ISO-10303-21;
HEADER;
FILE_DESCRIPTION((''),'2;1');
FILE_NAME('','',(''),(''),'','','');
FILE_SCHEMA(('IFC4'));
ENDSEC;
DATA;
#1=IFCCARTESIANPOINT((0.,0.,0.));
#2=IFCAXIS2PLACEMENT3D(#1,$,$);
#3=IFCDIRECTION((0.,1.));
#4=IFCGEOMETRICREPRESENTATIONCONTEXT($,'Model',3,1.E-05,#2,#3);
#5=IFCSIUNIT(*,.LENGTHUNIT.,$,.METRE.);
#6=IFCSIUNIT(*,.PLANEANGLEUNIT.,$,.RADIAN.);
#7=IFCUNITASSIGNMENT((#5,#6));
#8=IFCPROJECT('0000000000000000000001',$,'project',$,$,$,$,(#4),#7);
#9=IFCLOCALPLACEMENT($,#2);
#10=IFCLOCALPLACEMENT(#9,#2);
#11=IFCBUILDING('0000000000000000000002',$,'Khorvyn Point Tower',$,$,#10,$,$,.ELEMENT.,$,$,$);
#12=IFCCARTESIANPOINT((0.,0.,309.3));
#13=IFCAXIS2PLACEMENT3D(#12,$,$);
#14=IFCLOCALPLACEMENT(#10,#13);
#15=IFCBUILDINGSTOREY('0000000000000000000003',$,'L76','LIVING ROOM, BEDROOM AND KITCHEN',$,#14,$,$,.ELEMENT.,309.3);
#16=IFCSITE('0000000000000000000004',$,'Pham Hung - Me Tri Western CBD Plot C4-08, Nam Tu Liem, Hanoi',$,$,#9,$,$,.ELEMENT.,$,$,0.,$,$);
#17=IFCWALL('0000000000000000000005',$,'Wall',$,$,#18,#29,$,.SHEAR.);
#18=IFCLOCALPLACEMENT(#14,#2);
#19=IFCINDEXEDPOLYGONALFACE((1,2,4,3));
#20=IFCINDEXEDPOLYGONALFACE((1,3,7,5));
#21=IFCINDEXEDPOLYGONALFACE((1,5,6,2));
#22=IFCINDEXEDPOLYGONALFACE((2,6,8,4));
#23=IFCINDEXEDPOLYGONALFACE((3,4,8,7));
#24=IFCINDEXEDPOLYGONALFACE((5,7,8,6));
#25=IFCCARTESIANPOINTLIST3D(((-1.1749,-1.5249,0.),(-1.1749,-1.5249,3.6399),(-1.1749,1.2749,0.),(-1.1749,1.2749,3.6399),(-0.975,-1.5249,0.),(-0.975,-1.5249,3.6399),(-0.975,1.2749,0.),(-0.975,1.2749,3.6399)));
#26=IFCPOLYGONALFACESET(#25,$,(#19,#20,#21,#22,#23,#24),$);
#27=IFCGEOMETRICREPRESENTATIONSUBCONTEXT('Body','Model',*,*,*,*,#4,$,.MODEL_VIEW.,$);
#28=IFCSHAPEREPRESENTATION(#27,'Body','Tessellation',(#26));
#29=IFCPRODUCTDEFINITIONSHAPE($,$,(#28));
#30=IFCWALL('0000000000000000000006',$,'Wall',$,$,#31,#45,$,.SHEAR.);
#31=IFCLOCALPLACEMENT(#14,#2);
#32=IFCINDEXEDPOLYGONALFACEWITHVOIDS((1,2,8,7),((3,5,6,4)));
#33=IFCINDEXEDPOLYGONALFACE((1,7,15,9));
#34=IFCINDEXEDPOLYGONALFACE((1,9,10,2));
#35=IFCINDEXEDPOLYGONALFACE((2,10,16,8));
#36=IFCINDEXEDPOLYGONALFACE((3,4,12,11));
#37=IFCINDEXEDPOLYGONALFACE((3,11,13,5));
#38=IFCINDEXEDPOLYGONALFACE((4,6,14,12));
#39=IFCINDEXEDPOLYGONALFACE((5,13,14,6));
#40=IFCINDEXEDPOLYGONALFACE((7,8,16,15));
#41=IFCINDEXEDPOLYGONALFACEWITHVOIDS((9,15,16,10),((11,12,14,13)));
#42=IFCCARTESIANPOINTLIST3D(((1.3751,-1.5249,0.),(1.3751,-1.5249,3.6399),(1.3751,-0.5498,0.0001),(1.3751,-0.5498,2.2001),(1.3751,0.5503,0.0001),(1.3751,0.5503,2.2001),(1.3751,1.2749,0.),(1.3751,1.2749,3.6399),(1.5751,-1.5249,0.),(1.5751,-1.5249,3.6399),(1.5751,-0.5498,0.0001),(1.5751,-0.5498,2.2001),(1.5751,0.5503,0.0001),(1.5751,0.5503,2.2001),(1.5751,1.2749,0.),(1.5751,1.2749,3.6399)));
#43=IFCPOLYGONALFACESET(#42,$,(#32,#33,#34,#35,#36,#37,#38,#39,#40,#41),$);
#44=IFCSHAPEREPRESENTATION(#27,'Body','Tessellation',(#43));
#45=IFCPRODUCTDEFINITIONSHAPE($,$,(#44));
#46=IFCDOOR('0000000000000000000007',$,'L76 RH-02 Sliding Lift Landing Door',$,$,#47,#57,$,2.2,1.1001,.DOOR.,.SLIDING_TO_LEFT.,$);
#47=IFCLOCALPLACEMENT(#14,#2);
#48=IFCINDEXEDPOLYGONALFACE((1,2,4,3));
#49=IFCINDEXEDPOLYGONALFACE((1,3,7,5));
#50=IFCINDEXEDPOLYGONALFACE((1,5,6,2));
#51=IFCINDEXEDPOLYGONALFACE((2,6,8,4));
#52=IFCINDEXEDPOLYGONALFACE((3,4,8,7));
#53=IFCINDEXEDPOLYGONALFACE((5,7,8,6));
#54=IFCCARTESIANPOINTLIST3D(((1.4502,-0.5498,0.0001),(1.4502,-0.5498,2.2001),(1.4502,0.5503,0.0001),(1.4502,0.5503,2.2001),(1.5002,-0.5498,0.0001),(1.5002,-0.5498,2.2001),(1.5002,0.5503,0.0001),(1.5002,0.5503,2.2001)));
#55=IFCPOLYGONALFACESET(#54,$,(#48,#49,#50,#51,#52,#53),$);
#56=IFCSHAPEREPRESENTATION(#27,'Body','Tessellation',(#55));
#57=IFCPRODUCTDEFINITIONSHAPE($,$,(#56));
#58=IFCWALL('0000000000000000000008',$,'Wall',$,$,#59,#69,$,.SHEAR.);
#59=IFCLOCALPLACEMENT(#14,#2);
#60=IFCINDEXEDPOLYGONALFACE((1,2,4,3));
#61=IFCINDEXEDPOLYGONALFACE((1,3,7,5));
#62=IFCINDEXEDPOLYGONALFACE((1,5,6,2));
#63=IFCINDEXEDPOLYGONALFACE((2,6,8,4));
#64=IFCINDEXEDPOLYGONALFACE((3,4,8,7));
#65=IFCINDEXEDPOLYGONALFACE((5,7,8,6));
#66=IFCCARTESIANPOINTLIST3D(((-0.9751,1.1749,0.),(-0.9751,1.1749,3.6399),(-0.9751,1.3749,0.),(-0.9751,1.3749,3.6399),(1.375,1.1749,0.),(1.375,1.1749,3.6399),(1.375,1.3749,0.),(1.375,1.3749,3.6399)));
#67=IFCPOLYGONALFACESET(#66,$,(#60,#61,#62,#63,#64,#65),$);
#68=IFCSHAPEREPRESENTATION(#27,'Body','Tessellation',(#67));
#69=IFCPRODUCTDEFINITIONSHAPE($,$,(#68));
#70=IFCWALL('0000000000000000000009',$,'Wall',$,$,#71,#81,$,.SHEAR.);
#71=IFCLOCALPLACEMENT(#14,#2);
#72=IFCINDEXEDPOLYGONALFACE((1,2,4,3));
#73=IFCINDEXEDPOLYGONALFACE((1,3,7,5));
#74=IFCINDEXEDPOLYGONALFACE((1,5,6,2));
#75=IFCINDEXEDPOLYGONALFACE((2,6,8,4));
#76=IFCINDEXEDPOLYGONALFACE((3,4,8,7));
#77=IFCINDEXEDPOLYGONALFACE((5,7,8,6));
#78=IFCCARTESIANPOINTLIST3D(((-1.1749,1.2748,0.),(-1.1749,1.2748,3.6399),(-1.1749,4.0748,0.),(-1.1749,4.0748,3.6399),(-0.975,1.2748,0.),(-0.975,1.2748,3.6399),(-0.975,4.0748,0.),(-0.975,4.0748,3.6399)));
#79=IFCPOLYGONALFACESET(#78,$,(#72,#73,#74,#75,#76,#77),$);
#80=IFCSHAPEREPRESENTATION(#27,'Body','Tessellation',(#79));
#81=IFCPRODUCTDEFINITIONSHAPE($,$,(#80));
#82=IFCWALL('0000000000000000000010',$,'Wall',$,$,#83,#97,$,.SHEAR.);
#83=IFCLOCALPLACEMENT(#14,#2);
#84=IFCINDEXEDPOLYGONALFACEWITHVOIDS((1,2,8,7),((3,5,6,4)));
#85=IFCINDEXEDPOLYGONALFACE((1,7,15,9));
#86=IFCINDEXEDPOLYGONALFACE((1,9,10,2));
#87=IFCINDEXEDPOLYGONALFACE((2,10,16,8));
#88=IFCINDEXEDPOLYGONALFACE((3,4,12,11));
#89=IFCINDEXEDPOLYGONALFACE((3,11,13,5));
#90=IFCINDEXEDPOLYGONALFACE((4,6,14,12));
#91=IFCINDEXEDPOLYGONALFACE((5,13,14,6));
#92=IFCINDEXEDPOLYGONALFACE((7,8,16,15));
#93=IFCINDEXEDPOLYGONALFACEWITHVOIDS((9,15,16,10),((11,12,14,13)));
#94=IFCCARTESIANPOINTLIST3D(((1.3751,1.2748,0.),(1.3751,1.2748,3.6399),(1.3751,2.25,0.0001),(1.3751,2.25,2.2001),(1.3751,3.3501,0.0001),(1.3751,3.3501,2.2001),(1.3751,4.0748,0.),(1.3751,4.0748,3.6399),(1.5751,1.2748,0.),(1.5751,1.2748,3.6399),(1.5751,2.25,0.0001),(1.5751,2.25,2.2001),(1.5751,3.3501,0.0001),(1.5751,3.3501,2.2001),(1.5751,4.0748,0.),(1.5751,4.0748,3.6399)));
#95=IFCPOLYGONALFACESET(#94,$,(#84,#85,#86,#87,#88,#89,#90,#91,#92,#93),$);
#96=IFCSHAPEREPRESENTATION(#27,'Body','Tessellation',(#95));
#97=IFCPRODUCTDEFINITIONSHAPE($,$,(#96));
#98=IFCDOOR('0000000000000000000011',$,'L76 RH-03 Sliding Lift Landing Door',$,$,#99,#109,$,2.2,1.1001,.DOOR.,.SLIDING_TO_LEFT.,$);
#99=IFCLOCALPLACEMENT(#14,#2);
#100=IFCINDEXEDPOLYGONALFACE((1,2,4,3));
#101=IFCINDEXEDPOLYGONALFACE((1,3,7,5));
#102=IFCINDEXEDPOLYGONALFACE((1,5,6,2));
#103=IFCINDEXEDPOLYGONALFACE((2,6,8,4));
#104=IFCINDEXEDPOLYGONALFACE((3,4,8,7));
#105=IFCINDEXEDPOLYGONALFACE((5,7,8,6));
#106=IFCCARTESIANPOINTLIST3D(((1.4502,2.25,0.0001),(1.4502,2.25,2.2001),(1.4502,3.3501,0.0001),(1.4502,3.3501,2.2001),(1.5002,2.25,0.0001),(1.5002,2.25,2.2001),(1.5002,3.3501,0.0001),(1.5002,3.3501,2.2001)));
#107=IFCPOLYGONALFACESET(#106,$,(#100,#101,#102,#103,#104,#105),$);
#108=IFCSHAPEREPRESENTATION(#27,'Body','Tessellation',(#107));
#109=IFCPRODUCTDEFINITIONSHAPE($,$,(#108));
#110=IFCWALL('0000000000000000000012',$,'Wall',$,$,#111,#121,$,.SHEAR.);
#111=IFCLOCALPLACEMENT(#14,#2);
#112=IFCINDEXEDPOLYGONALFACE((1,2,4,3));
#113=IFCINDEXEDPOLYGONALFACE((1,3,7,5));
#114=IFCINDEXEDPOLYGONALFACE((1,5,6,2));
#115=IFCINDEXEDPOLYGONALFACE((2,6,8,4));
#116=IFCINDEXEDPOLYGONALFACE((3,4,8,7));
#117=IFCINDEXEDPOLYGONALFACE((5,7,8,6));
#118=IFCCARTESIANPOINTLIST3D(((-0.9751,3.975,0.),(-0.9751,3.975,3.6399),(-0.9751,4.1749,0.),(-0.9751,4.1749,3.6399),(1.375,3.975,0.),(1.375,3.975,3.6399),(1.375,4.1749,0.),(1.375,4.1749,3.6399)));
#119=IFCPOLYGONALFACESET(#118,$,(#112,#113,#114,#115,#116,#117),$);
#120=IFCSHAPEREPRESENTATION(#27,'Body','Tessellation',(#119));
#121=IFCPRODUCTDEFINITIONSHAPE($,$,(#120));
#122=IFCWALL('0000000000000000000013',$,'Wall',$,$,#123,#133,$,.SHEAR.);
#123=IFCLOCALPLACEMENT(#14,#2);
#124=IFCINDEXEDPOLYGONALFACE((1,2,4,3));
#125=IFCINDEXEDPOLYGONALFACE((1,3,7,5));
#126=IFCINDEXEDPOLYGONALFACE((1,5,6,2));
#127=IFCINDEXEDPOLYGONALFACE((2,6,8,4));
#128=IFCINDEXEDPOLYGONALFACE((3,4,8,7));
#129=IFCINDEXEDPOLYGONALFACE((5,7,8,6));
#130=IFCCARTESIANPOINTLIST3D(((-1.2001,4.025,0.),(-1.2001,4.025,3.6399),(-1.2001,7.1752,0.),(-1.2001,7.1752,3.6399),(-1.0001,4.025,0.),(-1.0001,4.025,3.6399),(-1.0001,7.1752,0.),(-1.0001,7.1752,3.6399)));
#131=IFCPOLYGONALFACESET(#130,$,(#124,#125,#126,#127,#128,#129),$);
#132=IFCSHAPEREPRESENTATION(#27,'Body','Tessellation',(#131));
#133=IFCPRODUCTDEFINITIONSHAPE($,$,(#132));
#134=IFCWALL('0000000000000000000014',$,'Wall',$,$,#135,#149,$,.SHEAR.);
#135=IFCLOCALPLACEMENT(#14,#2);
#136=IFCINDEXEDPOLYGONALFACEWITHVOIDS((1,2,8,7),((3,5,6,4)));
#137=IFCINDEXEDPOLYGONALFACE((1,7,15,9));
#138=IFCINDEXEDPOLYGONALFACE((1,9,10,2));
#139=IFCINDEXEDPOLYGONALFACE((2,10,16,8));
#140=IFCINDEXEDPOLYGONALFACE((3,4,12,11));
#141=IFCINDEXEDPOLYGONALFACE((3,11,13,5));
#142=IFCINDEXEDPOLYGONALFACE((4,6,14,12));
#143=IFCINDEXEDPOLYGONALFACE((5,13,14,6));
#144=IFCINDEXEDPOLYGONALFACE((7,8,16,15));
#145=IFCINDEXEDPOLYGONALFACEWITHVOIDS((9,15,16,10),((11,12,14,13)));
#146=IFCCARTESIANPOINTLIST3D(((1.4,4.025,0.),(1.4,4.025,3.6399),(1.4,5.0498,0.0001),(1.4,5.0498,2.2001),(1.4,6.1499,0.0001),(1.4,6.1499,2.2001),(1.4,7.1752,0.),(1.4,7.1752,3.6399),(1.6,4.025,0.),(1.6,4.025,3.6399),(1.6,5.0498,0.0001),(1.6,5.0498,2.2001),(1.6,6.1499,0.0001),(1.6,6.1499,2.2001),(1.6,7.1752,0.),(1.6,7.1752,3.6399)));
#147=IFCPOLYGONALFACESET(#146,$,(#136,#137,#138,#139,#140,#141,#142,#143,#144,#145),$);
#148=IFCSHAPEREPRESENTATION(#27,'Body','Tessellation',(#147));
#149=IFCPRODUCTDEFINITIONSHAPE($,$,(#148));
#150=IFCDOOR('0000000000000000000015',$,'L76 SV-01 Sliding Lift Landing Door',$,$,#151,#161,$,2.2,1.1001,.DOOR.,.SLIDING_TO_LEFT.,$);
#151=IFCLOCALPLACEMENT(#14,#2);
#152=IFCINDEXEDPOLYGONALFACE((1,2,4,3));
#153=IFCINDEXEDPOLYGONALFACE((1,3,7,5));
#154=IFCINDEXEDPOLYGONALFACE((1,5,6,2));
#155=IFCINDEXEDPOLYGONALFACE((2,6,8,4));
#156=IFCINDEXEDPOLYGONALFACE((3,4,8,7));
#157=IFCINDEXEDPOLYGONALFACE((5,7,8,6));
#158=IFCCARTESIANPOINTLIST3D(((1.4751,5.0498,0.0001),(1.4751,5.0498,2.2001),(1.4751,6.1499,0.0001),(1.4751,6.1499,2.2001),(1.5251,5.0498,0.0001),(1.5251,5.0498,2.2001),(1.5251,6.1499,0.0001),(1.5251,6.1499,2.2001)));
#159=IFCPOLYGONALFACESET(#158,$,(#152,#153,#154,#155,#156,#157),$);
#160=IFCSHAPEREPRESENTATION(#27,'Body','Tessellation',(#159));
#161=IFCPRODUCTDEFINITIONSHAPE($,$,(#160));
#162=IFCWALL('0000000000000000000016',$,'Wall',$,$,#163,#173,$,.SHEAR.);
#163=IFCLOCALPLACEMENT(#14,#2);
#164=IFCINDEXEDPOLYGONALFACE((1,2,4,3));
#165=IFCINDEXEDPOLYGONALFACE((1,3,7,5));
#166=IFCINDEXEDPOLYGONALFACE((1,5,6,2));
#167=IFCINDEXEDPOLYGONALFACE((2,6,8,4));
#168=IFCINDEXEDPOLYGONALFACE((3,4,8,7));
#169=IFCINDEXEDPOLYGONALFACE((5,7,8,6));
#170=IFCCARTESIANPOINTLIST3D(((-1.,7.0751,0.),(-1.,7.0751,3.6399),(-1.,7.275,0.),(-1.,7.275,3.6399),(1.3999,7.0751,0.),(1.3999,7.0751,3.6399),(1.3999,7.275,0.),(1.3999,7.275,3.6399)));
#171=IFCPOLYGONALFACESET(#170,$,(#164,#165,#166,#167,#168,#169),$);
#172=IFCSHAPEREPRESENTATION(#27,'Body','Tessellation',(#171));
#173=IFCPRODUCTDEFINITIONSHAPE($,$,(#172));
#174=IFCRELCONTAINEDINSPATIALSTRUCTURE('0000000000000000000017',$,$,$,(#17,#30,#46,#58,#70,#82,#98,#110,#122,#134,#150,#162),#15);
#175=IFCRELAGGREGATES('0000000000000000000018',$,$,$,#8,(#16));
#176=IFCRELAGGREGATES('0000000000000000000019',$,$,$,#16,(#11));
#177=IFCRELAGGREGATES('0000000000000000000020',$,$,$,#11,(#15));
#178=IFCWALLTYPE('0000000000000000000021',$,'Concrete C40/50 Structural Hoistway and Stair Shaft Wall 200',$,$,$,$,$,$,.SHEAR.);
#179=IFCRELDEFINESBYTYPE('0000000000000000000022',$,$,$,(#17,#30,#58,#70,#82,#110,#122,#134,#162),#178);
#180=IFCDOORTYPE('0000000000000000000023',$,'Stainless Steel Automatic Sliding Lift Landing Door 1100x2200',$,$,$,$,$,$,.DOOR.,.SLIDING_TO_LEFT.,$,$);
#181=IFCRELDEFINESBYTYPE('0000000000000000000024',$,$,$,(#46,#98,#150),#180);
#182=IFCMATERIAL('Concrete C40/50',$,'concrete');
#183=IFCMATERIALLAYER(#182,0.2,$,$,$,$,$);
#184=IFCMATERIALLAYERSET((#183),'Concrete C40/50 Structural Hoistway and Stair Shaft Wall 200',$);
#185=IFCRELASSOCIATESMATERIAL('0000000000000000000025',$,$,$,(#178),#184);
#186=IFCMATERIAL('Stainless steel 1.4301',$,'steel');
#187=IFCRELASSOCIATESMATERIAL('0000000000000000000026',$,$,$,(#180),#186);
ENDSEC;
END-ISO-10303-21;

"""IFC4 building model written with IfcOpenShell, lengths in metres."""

from ifc_helpers import new_model, si_unit, direction, frame, frame_2d, origin, place, context, subcontext, project, spatial, rectangle, extrude, material, layer, layer_set, type_object, element, fill, save


model = new_model("IFC4")

# Units and contexts
model_context = context("Model", 3, precision=1e-05, world=origin(), true_north=direction((0.0, 1.0)))
body_context = subcontext(model_context, "Body", "Model", "MODEL_VIEW")
ifc_project = project(units=[si_unit("LENGTHUNIT", "METRE"), si_unit("PLANEANGLEUNIT", "RADIAN")], contexts=[model_context])

# Site, building, storey
site_placement = place(None, origin())
site = spatial("IfcSite", under=ifc_project, at=site_placement, Name="Pham Hung - Me Tri Western CBD Plot C4-08, Nam Tu Liem, Hanoi", CompositionType="ELEMENT", RefElevation=0.0)
building_placement = place(site_placement, origin())
building = spatial("IfcBuilding", under=site, at=building_placement, Name="Khorvyn Point Tower", CompositionType="ELEMENT")
storey_placement = place(building_placement, frame((0.0, 0.0, 309.3)))
storey = spatial("IfcBuildingStorey", under=building, at=storey_placement, Name="L76", Description="LIVING ROOM, BEDROOM AND KITCHEN", CompositionType="ELEMENT", Elevation=309.3)

# Shared definitions
ifc_material_1 = material(Name="Concrete C40/50", Category="concrete")

# Wall
ifc_layer_1 = layer(ifc_material_1, 0.2)
ifc_layer_set_1 = layer_set([ifc_layer_1], Name="Concrete C40/50 Structural Hoistway and Stair Shaft Wall 200")
wall_type_1 = type_object("IfcWallType", Name="Concrete C40/50 Structural Hoistway and Stair Shaft Wall 200", PredefinedType="SHEAR", material=ifc_layer_set_1)
wall_1_placement = place(storey_placement, frame((-1.075, -1.5249, 0.0), z_axis=(0.0, 0.0, 1.0), x_axis=(0.0, 1.0, 0.0)))
element("IfcWall", 1, at=wall_1_placement, inside=storey, type_object=wall_type_1, Name="Wall", PredefinedType="SHEAR", context=body_context, shape_type="SweptSolid", body=[
    extrude(rectangle(XDim=2.7998, YDim=0.2, at=frame_2d((1.3999, 0.0))), origin(), (0.0, 0.0, 1.0), 3.6399),
])

# Wall, opening, door
wall_2_placement = place(storey_placement, frame((1.4751, -1.5249, 0.0), z_axis=(0.0, 0.0, 1.0), x_axis=(0.0, 1.0, 0.0)))
wall_2 = element("IfcWall", 2, at=wall_2_placement, inside=storey, type_object=wall_type_1, Name="Wall", PredefinedType="SHEAR", context=body_context, shape_type="SweptSolid", body=[
    extrude(rectangle(XDim=2.7998, YDim=0.2, at=frame_2d((1.3999, 0.0))), origin(), (0.0, 0.0, 1.0), 3.6399),
])
opening_1_placement = place(wall_2_placement, frame((0.9751, 0.0, 0.0)))
opening_1 = element("IfcOpeningElement", 3, at=opening_1_placement, cuts=wall_2, PredefinedType="OPENING", context=body_context, shape_type="SweptSolid", body=[
    extrude(rectangle(XDim=1.1001, YDim=2.2, at=frame_2d((0.55, 1.1001))), frame((0.0, 0.1099, 0.0), z_axis=(0.0, -1.0, 0.0), x_axis=(1.0, 0.0, 0.0)), (0.0, 0.0, 1.0), 0.22),
])
ifc_material_2 = material(Name="Stainless steel 1.4301", Category="steel")
door_type_1 = type_object("IfcDoorType", Name="Stainless Steel Automatic Sliding Lift Landing Door 1100x2200", OperationType="SLIDING_TO_LEFT", PredefinedType="DOOR", material=ifc_material_2)
door_1_placement = place(opening_1_placement, origin())
door_1 = element("IfcDoor", 4, at=door_1_placement, inside=storey, type_object=door_type_1, Name="L76 RH-02 Sliding Lift Landing Door", OperationType="SLIDING_TO_LEFT", OverallHeight=2.2, OverallWidth=1.1001, PredefinedType="DOOR", context=body_context, shape_type="SweptSolid", body=[
    extrude(rectangle(XDim=1.1001, YDim=2.2, at=frame_2d((0.55, 1.1001))), frame((0.0, 0.0249, 0.0), z_axis=(0.0, -1.0, 0.0), x_axis=(1.0, 0.0, 0.0)), (0.0, 0.0, 1.0), 0.05),
])
fill(opening_1, door_1)

# Walls
wall_3_placement = place(storey_placement, frame((-0.9751, 1.2749, 0.0), z_axis=(0.0, 0.0, 1.0), x_axis=(1.0, 0.0, 0.0)))
element("IfcWall", 5, at=wall_3_placement, inside=storey, type_object=wall_type_1, Name="Wall", PredefinedType="SHEAR", context=body_context, shape_type="SweptSolid", body=[
    extrude(rectangle(XDim=2.3501, YDim=0.2, at=frame_2d((1.175, 0.0))), origin(), (0.0, 0.0, 1.0), 3.6399),
])
wall_4_placement = place(storey_placement, frame((-1.075, 1.2749, 0.0), z_axis=(0.0, 0.0, 1.0), x_axis=(0.0, 1.0, 0.0)))
element("IfcWall", 6, at=wall_4_placement, inside=storey, type_object=wall_type_1, Name="Wall", PredefinedType="SHEAR", context=body_context, shape_type="SweptSolid", body=[
    extrude(rectangle(XDim=2.8, YDim=0.2, at=frame_2d((1.3999, 0.0))), origin(), (0.0, 0.0, 1.0), 3.6399),
])

# Wall, opening, door
wall_5_placement = place(storey_placement, frame((1.4751, 1.2749, 0.0), z_axis=(0.0, 0.0, 1.0), x_axis=(0.0, 1.0, 0.0)))
wall_5 = element("IfcWall", 7, at=wall_5_placement, inside=storey, type_object=wall_type_1, Name="Wall", PredefinedType="SHEAR", context=body_context, shape_type="SweptSolid", body=[
    extrude(rectangle(XDim=2.8, YDim=0.2, at=frame_2d((1.3999, 0.0))), origin(), (0.0, 0.0, 1.0), 3.6399),
])
opening_2_placement = place(wall_5_placement, frame((0.9751, 0.0, 0.0)))
opening_2 = element("IfcOpeningElement", 8, at=opening_2_placement, cuts=wall_5, PredefinedType="OPENING", context=body_context, shape_type="SweptSolid", body=[
    extrude(rectangle(XDim=1.1001, YDim=2.2, at=frame_2d((0.55, 1.1001))), frame((0.0, 0.1099, 0.0), z_axis=(0.0, -1.0, 0.0), x_axis=(1.0, 0.0, 0.0)), (0.0, 0.0, 1.0), 0.22),
])
door_2_placement = place(opening_2_placement, origin())
door_2 = element("IfcDoor", 9, at=door_2_placement, inside=storey, type_object=door_type_1, Name="L76 RH-03 Sliding Lift Landing Door", OperationType="SLIDING_TO_LEFT", OverallHeight=2.2, OverallWidth=1.1001, PredefinedType="DOOR", context=body_context, shape_type="SweptSolid", body=[
    extrude(rectangle(XDim=1.1001, YDim=2.2, at=frame_2d((0.55, 1.1001))), frame((0.0, 0.0249, 0.0), z_axis=(0.0, -1.0, 0.0), x_axis=(1.0, 0.0, 0.0)), (0.0, 0.0, 1.0), 0.05),
])
fill(opening_2, door_2)

# Walls
wall_6_placement = place(storey_placement, frame((-0.9751, 4.075, 0.0), z_axis=(0.0, 0.0, 1.0), x_axis=(1.0, 0.0, 0.0)))
element("IfcWall", 10, at=wall_6_placement, inside=storey, type_object=wall_type_1, Name="Wall", PredefinedType="SHEAR", context=body_context, shape_type="SweptSolid", body=[
    extrude(rectangle(XDim=2.3501, YDim=0.2, at=frame_2d((1.175, 0.0))), origin(), (0.0, 0.0, 1.0), 3.6399),
])
wall_7_placement = place(storey_placement, frame((-1.1001, 4.0249, 0.0), z_axis=(0.0, 0.0, 1.0), x_axis=(0.0, 1.0, 0.0)))
element("IfcWall", 11, at=wall_7_placement, inside=storey, type_object=wall_type_1, Name="Wall", PredefinedType="SHEAR", context=body_context, shape_type="SweptSolid", body=[
    extrude(rectangle(XDim=3.1501, YDim=0.2, at=frame_2d((1.5752, 0.0))), origin(), (0.0, 0.0, 1.0), 3.6399),
])

# Wall, opening, door
wall_8_placement = place(storey_placement, frame((1.5, 4.0249, 0.0), z_axis=(0.0, 0.0, 1.0), x_axis=(0.0, 1.0, 0.0)))
wall_8 = element("IfcWall", 12, at=wall_8_placement, inside=storey, type_object=wall_type_1, Name="Wall", PredefinedType="SHEAR", context=body_context, shape_type="SweptSolid", body=[
    extrude(rectangle(XDim=3.1501, YDim=0.2, at=frame_2d((1.5752, 0.0))), origin(), (0.0, 0.0, 1.0), 3.6399),
])
opening_3_placement = place(wall_8_placement, frame((1.0249, 0.0, 0.0)))
opening_3 = element("IfcOpeningElement", 13, at=opening_3_placement, cuts=wall_8, PredefinedType="OPENING", context=body_context, shape_type="SweptSolid", body=[
    extrude(rectangle(XDim=1.1001, YDim=2.2, at=frame_2d((0.55, 1.1001))), frame((0.0, 0.1099, 0.0), z_axis=(0.0, -1.0, 0.0), x_axis=(1.0, 0.0, 0.0)), (0.0, 0.0, 1.0), 0.22),
])
door_3_placement = place(opening_3_placement, origin())
door_3 = element("IfcDoor", 14, at=door_3_placement, inside=storey, type_object=door_type_1, Name="L76 SV-01 Sliding Lift Landing Door", OperationType="SLIDING_TO_LEFT", OverallHeight=2.2, OverallWidth=1.1001, PredefinedType="DOOR", context=body_context, shape_type="SweptSolid", body=[
    extrude(rectangle(XDim=1.1001, YDim=2.2, at=frame_2d((0.55, 1.1001))), frame((0.0, 0.0249, 0.0), z_axis=(0.0, -1.0, 0.0), x_axis=(1.0, 0.0, 0.0)), (0.0, 0.0, 1.0), 0.05),
])
fill(opening_3, door_3)

# Wall
wall_9_placement = place(storey_placement, frame((-1.0, 7.175, 0.0), z_axis=(0.0, 0.0, 1.0), x_axis=(1.0, 0.0, 0.0)))
element("IfcWall", 15, at=wall_9_placement, inside=storey, type_object=wall_type_1, Name="Wall", PredefinedType="SHEAR", context=body_context, shape_type="SweptSolid", body=[
    extrude(rectangle(XDim=2.3999, YDim=0.2, at=frame_2d((1.2, 0.0))), origin(), (0.0, 0.0, 1.0), 3.6399),
])

save(model, "model.ifc")
